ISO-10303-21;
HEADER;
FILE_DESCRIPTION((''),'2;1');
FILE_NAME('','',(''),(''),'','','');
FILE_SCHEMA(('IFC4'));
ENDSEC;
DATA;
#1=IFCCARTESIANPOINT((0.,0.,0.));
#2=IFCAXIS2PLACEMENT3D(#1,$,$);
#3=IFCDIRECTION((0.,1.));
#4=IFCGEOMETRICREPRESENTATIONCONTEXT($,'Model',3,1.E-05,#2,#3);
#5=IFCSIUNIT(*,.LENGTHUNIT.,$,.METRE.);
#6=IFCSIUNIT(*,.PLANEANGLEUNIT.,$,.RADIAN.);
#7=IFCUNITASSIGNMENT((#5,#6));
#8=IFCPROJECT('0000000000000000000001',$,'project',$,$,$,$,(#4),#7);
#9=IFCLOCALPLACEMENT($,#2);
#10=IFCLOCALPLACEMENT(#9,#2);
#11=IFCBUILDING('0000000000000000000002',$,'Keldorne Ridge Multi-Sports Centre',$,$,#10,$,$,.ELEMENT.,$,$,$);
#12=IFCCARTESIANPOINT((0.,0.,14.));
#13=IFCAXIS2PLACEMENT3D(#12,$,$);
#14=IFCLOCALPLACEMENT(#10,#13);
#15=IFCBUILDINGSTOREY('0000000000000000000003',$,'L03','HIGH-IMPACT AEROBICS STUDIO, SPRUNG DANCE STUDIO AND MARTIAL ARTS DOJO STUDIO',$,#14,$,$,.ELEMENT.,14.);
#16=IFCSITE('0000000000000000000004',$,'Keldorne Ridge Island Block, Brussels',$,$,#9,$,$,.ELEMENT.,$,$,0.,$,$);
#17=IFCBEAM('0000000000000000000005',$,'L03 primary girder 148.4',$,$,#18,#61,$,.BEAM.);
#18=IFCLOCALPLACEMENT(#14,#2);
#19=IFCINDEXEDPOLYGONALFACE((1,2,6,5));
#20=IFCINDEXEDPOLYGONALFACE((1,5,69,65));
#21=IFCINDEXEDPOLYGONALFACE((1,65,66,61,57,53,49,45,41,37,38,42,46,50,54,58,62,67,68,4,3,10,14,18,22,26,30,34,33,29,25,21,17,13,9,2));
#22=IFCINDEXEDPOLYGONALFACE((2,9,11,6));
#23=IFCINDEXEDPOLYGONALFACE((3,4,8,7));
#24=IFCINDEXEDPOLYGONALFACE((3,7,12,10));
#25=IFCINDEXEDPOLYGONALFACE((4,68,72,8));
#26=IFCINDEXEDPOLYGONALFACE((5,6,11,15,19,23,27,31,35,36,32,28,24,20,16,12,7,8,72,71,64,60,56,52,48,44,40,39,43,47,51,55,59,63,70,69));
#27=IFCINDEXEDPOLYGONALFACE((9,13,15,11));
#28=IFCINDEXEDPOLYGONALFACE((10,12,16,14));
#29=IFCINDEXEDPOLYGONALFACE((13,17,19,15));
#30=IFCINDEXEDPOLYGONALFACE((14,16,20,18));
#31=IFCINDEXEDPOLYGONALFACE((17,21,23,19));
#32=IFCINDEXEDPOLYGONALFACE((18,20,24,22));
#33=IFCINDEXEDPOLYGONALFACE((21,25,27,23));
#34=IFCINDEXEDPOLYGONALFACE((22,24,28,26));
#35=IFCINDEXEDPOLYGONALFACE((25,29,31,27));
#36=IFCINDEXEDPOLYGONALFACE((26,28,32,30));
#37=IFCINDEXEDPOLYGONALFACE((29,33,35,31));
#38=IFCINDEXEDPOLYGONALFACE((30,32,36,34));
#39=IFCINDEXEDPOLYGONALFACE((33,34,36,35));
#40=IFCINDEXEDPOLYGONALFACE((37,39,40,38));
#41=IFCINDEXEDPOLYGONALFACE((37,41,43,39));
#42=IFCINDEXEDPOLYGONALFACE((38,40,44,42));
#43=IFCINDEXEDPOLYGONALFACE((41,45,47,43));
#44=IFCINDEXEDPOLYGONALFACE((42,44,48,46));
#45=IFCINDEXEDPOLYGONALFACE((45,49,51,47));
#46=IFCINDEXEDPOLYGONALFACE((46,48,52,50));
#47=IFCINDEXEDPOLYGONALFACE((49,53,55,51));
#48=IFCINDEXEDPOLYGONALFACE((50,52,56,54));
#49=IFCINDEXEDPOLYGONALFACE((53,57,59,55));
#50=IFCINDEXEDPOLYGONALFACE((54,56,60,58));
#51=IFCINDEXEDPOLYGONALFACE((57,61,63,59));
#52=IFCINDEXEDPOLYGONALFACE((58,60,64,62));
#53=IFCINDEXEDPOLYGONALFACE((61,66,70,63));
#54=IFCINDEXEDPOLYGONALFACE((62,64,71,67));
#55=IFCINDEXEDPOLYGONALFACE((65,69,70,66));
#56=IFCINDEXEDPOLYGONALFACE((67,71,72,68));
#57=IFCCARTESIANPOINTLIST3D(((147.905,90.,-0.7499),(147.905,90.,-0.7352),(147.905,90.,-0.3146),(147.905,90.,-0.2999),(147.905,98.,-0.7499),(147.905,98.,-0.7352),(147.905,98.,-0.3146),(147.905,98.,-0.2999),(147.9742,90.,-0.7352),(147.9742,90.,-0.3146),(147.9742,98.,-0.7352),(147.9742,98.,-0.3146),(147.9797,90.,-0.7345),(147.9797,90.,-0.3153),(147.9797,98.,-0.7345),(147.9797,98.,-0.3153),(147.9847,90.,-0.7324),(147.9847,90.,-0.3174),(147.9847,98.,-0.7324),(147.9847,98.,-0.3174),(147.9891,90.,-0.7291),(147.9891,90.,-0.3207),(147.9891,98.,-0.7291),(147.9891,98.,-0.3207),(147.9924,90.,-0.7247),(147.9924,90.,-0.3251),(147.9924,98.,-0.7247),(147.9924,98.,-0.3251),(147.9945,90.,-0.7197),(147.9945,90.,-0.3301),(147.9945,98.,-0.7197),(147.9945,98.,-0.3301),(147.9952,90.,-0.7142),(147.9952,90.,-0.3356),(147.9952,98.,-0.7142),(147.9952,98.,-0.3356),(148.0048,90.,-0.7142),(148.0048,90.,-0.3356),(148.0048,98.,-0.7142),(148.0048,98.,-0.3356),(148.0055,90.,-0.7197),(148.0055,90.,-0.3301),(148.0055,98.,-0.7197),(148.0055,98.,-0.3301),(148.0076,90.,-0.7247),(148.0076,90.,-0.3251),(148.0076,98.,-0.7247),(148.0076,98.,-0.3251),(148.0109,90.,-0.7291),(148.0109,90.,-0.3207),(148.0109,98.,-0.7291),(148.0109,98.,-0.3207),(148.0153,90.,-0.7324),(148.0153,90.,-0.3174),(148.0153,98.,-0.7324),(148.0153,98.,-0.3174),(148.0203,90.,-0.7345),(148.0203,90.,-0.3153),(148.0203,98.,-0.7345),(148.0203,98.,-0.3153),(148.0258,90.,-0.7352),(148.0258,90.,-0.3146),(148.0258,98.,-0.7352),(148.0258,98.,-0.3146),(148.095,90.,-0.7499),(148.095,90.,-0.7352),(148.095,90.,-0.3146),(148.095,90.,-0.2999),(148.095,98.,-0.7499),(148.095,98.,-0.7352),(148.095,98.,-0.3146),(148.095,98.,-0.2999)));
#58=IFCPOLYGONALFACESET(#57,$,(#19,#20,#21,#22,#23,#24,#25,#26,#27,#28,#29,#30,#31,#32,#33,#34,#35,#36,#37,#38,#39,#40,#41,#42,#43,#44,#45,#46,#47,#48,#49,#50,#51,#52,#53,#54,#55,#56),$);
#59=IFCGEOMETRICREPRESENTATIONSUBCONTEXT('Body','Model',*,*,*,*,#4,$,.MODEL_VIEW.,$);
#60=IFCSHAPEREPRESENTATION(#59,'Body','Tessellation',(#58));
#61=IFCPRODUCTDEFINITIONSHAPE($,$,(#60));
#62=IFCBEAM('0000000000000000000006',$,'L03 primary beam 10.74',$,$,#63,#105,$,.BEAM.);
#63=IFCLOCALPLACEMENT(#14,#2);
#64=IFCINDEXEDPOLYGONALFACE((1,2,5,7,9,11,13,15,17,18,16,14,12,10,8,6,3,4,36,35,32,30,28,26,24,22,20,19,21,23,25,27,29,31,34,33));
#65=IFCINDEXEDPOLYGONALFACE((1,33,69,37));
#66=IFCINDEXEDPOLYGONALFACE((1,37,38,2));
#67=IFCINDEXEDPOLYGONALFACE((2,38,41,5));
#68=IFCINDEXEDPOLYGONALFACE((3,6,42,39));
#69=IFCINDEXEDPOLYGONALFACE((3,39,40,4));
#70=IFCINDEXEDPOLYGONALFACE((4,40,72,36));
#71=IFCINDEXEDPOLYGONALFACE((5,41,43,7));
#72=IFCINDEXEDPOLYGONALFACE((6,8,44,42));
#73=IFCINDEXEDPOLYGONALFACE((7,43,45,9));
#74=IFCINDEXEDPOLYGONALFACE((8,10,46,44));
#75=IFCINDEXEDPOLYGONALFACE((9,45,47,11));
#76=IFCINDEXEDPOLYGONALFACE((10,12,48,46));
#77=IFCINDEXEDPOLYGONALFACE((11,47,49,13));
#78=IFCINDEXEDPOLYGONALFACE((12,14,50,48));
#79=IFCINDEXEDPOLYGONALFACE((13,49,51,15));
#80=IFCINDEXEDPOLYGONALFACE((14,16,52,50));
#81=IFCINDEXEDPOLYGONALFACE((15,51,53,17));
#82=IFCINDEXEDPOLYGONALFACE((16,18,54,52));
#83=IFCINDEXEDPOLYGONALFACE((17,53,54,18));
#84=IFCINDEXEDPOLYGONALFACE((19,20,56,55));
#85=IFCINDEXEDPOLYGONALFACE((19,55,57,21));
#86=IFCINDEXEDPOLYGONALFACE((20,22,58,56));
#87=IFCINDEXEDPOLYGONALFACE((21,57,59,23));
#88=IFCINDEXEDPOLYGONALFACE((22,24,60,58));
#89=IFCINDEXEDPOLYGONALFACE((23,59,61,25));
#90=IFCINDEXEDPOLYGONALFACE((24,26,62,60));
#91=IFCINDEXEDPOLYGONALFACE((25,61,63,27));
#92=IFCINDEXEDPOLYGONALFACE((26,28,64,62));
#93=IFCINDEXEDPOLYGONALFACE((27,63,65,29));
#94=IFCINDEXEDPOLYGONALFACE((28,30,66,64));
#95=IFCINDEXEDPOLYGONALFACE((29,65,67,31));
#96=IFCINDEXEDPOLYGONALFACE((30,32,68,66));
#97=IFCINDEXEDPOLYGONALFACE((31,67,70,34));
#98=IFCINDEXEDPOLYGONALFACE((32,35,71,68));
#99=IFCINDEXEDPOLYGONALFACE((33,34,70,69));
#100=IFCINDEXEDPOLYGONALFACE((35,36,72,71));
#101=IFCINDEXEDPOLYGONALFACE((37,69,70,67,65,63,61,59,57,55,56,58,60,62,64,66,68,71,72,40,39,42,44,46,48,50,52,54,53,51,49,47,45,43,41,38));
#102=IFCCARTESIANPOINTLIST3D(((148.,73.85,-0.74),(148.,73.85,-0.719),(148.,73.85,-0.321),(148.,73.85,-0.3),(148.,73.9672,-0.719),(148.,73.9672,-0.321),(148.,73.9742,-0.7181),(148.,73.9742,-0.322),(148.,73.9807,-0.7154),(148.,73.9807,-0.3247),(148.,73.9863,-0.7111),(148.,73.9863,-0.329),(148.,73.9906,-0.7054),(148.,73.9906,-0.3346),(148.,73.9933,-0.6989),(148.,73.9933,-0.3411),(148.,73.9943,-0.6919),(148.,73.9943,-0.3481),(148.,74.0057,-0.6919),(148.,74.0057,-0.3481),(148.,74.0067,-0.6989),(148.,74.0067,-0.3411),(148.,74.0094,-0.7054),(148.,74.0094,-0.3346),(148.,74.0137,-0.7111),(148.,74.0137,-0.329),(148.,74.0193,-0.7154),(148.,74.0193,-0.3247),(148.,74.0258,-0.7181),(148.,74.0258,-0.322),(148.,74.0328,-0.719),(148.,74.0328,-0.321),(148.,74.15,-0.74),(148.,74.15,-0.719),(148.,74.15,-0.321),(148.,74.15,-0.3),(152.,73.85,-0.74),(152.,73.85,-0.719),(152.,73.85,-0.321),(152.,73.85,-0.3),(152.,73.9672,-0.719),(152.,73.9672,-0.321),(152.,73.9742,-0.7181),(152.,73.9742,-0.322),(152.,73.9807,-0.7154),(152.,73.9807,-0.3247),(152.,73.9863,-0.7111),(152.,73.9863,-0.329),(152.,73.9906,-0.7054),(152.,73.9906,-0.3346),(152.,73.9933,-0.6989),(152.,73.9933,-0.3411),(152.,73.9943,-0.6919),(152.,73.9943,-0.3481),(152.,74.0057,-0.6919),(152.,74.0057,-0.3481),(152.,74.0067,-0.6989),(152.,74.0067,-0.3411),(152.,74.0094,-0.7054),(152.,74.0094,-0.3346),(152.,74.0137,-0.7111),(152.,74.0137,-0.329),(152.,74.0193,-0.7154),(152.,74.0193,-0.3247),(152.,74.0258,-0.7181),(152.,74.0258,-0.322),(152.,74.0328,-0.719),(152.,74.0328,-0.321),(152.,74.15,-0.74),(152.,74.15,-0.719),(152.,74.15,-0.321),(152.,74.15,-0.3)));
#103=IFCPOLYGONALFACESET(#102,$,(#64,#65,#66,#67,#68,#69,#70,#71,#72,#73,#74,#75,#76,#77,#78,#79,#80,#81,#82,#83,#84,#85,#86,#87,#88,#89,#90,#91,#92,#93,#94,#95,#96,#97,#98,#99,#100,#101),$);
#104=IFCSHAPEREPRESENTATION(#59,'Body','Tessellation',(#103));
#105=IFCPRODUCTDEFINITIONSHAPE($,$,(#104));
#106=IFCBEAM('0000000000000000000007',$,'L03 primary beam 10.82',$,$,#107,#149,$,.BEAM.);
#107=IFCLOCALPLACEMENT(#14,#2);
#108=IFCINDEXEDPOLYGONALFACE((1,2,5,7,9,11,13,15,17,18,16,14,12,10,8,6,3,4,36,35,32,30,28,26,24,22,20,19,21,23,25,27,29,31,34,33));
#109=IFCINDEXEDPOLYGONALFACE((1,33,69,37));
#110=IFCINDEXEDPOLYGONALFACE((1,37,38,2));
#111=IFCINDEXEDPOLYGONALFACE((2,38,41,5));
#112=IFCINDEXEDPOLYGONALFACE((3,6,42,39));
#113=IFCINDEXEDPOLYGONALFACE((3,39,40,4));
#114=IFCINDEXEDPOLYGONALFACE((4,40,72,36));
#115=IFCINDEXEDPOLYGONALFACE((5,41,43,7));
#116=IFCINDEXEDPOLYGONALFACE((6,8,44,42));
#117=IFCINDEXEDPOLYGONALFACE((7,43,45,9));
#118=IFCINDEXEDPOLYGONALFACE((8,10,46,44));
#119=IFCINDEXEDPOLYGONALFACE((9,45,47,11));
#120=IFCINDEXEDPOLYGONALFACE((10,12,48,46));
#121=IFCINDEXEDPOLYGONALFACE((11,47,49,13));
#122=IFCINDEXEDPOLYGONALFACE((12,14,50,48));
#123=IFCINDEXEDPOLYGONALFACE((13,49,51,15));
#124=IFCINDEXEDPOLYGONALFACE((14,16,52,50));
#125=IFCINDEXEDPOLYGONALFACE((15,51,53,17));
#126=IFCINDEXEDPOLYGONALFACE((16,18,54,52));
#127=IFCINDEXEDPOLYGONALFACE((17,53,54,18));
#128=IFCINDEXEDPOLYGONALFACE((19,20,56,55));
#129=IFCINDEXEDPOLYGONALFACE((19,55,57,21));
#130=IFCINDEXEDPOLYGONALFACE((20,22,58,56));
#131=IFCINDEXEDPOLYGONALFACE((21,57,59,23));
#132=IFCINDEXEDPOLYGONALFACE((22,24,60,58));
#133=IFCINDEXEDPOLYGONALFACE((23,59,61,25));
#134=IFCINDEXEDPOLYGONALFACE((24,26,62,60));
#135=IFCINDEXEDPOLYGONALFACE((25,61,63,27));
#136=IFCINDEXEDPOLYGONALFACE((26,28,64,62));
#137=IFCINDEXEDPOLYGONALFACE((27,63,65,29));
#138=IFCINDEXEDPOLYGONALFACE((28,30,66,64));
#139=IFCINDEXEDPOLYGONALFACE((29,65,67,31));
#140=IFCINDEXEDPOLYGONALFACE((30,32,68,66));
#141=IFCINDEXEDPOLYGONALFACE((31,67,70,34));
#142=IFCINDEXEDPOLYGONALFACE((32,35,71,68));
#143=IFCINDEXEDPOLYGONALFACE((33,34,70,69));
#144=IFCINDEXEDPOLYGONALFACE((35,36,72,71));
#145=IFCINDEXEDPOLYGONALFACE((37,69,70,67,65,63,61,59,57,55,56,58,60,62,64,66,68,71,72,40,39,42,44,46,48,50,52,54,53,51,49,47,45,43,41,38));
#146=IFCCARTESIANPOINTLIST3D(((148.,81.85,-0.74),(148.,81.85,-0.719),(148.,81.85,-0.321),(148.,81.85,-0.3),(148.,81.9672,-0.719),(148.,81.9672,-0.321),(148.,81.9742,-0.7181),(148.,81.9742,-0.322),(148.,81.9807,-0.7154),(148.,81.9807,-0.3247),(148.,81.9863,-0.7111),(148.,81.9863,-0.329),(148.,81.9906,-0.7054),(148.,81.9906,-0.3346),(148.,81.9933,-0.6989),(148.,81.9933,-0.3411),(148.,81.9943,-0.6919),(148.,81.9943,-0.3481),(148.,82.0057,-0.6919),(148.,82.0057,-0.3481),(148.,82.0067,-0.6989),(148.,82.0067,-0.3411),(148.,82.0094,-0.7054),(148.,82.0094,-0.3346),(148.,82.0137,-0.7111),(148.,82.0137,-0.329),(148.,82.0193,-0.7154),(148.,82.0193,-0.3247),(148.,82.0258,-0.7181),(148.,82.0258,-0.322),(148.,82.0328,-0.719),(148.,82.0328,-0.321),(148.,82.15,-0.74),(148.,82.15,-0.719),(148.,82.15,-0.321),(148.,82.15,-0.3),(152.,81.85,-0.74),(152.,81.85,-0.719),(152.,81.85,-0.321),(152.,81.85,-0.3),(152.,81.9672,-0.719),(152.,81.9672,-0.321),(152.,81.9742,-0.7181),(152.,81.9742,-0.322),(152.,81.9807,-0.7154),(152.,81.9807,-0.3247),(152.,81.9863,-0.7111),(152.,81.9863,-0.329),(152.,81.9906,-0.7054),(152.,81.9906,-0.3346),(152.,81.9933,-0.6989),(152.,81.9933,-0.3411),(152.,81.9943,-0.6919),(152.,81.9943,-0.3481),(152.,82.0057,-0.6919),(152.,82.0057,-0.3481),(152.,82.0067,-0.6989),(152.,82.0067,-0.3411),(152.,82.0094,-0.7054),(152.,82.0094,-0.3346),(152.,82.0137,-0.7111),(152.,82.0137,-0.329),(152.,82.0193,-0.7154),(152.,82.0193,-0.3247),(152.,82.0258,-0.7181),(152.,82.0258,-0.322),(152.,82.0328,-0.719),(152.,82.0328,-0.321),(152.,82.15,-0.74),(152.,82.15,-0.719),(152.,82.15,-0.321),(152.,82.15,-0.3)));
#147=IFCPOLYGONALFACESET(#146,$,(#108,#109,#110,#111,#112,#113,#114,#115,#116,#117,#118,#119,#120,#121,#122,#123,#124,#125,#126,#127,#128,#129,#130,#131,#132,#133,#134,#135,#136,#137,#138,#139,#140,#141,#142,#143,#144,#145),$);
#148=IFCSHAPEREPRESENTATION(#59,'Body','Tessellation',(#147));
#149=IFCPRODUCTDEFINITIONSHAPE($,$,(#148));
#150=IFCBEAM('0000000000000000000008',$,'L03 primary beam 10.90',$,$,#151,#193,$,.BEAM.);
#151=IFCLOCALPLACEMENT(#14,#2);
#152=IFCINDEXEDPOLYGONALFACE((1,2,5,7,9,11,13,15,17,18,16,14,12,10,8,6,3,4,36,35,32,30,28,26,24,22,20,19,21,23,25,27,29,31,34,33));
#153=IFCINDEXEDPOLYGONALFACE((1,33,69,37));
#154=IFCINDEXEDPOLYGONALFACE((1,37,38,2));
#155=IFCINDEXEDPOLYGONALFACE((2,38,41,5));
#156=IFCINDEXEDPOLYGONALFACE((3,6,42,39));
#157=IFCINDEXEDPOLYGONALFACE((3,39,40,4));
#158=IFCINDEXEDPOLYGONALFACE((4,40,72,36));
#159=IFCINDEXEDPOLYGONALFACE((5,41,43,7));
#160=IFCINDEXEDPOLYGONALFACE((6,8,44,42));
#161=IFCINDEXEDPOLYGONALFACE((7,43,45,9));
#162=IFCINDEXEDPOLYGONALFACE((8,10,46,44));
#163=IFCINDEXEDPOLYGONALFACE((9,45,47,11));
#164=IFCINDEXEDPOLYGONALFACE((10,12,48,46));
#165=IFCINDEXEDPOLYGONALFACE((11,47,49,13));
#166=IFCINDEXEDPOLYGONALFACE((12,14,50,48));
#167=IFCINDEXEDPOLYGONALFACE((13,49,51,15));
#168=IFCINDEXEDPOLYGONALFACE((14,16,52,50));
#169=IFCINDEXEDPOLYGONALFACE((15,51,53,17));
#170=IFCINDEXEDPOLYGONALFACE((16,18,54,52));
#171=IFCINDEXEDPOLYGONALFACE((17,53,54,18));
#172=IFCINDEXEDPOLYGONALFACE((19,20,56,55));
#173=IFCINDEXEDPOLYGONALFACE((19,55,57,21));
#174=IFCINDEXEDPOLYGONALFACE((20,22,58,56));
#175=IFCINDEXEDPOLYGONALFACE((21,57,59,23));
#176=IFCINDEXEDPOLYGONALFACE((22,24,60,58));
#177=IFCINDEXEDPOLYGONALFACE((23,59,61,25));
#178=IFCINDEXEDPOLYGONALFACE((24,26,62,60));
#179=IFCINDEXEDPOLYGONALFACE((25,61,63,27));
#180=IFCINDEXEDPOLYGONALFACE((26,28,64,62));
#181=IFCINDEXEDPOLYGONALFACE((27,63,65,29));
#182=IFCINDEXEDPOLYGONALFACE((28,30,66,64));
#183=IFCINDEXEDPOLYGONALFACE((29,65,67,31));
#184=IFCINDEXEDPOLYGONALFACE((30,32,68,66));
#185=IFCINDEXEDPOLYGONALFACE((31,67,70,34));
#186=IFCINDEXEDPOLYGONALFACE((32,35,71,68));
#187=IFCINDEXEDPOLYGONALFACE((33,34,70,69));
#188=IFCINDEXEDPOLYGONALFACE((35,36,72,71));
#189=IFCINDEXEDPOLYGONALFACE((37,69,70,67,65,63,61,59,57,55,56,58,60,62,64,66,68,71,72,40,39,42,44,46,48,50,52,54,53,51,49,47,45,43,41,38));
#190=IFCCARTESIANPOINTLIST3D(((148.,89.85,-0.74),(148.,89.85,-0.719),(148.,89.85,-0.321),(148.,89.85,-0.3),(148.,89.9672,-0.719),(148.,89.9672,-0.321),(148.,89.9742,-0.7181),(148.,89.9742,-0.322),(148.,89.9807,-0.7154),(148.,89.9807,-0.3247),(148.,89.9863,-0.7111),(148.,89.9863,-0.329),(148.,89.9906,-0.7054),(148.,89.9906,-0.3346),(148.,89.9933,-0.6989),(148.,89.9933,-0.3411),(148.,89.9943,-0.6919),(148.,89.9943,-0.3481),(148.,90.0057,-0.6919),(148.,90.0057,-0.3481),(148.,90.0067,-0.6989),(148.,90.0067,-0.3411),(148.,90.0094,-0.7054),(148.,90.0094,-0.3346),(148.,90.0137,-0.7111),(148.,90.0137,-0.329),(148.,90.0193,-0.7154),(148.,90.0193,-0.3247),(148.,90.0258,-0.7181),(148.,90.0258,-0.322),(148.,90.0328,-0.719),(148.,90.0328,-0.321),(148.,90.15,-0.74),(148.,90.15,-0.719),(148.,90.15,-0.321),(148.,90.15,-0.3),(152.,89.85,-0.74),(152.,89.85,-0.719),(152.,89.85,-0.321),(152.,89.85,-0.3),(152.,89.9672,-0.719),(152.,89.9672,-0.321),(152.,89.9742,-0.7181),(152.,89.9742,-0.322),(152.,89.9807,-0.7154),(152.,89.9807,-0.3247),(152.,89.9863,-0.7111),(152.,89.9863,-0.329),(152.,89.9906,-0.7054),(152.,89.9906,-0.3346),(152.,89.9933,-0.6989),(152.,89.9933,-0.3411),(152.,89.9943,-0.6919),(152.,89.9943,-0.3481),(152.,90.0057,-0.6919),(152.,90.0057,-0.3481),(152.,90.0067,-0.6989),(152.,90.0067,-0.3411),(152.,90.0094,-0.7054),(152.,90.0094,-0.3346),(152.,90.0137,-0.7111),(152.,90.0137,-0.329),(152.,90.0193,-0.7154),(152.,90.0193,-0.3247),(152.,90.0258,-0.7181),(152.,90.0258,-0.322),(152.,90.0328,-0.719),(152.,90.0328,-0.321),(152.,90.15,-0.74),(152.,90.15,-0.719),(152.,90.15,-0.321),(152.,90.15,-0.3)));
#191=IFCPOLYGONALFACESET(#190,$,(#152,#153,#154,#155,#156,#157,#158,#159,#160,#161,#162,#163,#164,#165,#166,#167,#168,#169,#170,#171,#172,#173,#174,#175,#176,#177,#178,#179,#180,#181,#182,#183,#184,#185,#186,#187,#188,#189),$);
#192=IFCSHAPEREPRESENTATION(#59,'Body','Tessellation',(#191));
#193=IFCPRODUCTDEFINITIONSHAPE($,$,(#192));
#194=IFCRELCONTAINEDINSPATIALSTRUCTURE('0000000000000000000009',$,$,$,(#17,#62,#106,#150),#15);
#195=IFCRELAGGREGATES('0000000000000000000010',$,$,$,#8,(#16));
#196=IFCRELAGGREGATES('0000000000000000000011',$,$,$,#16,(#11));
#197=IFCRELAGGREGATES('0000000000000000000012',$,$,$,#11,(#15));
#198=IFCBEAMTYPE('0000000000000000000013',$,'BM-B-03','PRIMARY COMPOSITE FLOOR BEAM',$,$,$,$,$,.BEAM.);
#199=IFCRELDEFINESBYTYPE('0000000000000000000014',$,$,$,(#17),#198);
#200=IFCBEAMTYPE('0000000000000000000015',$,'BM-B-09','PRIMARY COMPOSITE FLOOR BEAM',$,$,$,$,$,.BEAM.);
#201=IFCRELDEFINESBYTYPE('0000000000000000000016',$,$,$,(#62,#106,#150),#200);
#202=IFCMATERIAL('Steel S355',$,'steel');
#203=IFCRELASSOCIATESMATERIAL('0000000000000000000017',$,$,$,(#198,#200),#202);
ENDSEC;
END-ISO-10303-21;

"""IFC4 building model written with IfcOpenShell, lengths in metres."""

from ifc_helpers import new_model, si_unit, direction, frame, origin, origin_2d, place, context, subcontext, project, spatial, i_section, extrude, material, material_profile, profile_set, type_object, element, save


model = new_model("IFC4")

# Units and contexts
model_context = context("Model", 3, precision=1e-05, world=origin(), true_north=direction((0.0, 1.0)))
body_context = subcontext(model_context, "Body", "Model", "MODEL_VIEW")
ifc_project = project(units=[si_unit("LENGTHUNIT", "METRE"), si_unit("PLANEANGLEUNIT", "RADIAN")], contexts=[model_context])

# Site, building, storey
site_placement = place(None, origin())
site = spatial("IfcSite", under=ifc_project, at=site_placement, Name="Keldorne Ridge Island Block, Brussels", CompositionType="ELEMENT", RefElevation=0.0)
building_placement = place(site_placement, origin())
building = spatial("IfcBuilding", under=site, at=building_placement, Name="Keldorne Ridge Multi-Sports Centre", CompositionType="ELEMENT")
storey_placement = place(building_placement, frame((0.0, 0.0, 14.0)))
storey = spatial("IfcBuildingStorey", under=building, at=storey_placement, Name="L03", Description="HIGH-IMPACT AEROBICS STUDIO, SPRUNG DANCE STUDIO AND MARTIAL ARTS DOJO STUDIO", CompositionType="ELEMENT", Elevation=14.0)

# Shared definitions
ifc_material_1 = material(Name="Steel S355", Category="steel")

# Beams
ifc_material_profile_1 = material_profile(ifc_material_1, i_section(OverallWidth=0.1899, OverallDepth=0.45, WebThickness=0.0095, FlangeThickness=0.0146, FilletRadius=0.021, at=origin_2d()), Name="IPE 450")
ifc_profile_set_1 = profile_set([ifc_material_profile_1], Name="Steel S355")
beam_type_1 = type_object("IfcBeamType", Name="BM-B-03", Description="PRIMARY COMPOSITE FLOOR BEAM", PredefinedType="BEAM", material=ifc_profile_set_1)
for number, where, z_axis, x_axis, name in (
    (1, (148.0, 90.0, -0.5249), (0.0, 1.0, 0.0), (-1.0, 0.0, 0.0), "L03 primary girder 148.4"),
):
    element("IfcBeam", number, at=place(storey_placement, frame(where, z_axis=z_axis, x_axis=x_axis)), inside=storey, type_object=beam_type_1, Name=name, PredefinedType="BEAM", context=body_context, shape_type="SweptSolid", body=[
        extrude(i_section(OverallWidth=0.1899, OverallDepth=0.45, WebThickness=0.0095, FlangeThickness=0.0146, FilletRadius=0.021, at=origin_2d()), origin(), (0.0, 0.0, 1.0), 8.0),
    ])
ifc_material_profile_2 = material_profile(ifc_material_1, i_section(OverallWidth=0.3, OverallDepth=0.4399, WebThickness=0.0115, FlangeThickness=0.021, FilletRadius=0.0271, at=origin_2d()), Name="HEA 450")
ifc_profile_set_2 = profile_set([ifc_material_profile_2], Name="Steel S355")
beam_type_2 = type_object("IfcBeamType", Name="BM-B-09", Description="PRIMARY COMPOSITE FLOOR BEAM", PredefinedType="BEAM", material=ifc_profile_set_2)
for number, where, z_axis, x_axis, name in (
    (2, (148.0, 74.0, -0.52), (1.0, 0.0, 0.0), (0.0, 1.0, 0.0), "L03 primary beam 10.74"),
    (3, (148.0, 82.0, -0.52), (1.0, 0.0, 0.0), (0.0, 1.0, 0.0), "L03 primary beam 10.82"),
    (4, (148.0, 90.0, -0.52), (1.0, 0.0, 0.0), (0.0, 1.0, 0.0), "L03 primary beam 10.90"),
):
    element("IfcBeam", number, at=place(storey_placement, frame(where, z_axis=z_axis, x_axis=x_axis)), inside=storey, type_object=beam_type_2, Name=name, PredefinedType="BEAM", context=body_context, shape_type="SweptSolid", body=[
        extrude(i_section(OverallWidth=0.3, OverallDepth=0.4399, WebThickness=0.0115, FlangeThickness=0.021, FilletRadius=0.0271, at=origin_2d()), origin(), (0.0, 0.0, 1.0), 4.0),
    ])

save(model, "model.ifc")
